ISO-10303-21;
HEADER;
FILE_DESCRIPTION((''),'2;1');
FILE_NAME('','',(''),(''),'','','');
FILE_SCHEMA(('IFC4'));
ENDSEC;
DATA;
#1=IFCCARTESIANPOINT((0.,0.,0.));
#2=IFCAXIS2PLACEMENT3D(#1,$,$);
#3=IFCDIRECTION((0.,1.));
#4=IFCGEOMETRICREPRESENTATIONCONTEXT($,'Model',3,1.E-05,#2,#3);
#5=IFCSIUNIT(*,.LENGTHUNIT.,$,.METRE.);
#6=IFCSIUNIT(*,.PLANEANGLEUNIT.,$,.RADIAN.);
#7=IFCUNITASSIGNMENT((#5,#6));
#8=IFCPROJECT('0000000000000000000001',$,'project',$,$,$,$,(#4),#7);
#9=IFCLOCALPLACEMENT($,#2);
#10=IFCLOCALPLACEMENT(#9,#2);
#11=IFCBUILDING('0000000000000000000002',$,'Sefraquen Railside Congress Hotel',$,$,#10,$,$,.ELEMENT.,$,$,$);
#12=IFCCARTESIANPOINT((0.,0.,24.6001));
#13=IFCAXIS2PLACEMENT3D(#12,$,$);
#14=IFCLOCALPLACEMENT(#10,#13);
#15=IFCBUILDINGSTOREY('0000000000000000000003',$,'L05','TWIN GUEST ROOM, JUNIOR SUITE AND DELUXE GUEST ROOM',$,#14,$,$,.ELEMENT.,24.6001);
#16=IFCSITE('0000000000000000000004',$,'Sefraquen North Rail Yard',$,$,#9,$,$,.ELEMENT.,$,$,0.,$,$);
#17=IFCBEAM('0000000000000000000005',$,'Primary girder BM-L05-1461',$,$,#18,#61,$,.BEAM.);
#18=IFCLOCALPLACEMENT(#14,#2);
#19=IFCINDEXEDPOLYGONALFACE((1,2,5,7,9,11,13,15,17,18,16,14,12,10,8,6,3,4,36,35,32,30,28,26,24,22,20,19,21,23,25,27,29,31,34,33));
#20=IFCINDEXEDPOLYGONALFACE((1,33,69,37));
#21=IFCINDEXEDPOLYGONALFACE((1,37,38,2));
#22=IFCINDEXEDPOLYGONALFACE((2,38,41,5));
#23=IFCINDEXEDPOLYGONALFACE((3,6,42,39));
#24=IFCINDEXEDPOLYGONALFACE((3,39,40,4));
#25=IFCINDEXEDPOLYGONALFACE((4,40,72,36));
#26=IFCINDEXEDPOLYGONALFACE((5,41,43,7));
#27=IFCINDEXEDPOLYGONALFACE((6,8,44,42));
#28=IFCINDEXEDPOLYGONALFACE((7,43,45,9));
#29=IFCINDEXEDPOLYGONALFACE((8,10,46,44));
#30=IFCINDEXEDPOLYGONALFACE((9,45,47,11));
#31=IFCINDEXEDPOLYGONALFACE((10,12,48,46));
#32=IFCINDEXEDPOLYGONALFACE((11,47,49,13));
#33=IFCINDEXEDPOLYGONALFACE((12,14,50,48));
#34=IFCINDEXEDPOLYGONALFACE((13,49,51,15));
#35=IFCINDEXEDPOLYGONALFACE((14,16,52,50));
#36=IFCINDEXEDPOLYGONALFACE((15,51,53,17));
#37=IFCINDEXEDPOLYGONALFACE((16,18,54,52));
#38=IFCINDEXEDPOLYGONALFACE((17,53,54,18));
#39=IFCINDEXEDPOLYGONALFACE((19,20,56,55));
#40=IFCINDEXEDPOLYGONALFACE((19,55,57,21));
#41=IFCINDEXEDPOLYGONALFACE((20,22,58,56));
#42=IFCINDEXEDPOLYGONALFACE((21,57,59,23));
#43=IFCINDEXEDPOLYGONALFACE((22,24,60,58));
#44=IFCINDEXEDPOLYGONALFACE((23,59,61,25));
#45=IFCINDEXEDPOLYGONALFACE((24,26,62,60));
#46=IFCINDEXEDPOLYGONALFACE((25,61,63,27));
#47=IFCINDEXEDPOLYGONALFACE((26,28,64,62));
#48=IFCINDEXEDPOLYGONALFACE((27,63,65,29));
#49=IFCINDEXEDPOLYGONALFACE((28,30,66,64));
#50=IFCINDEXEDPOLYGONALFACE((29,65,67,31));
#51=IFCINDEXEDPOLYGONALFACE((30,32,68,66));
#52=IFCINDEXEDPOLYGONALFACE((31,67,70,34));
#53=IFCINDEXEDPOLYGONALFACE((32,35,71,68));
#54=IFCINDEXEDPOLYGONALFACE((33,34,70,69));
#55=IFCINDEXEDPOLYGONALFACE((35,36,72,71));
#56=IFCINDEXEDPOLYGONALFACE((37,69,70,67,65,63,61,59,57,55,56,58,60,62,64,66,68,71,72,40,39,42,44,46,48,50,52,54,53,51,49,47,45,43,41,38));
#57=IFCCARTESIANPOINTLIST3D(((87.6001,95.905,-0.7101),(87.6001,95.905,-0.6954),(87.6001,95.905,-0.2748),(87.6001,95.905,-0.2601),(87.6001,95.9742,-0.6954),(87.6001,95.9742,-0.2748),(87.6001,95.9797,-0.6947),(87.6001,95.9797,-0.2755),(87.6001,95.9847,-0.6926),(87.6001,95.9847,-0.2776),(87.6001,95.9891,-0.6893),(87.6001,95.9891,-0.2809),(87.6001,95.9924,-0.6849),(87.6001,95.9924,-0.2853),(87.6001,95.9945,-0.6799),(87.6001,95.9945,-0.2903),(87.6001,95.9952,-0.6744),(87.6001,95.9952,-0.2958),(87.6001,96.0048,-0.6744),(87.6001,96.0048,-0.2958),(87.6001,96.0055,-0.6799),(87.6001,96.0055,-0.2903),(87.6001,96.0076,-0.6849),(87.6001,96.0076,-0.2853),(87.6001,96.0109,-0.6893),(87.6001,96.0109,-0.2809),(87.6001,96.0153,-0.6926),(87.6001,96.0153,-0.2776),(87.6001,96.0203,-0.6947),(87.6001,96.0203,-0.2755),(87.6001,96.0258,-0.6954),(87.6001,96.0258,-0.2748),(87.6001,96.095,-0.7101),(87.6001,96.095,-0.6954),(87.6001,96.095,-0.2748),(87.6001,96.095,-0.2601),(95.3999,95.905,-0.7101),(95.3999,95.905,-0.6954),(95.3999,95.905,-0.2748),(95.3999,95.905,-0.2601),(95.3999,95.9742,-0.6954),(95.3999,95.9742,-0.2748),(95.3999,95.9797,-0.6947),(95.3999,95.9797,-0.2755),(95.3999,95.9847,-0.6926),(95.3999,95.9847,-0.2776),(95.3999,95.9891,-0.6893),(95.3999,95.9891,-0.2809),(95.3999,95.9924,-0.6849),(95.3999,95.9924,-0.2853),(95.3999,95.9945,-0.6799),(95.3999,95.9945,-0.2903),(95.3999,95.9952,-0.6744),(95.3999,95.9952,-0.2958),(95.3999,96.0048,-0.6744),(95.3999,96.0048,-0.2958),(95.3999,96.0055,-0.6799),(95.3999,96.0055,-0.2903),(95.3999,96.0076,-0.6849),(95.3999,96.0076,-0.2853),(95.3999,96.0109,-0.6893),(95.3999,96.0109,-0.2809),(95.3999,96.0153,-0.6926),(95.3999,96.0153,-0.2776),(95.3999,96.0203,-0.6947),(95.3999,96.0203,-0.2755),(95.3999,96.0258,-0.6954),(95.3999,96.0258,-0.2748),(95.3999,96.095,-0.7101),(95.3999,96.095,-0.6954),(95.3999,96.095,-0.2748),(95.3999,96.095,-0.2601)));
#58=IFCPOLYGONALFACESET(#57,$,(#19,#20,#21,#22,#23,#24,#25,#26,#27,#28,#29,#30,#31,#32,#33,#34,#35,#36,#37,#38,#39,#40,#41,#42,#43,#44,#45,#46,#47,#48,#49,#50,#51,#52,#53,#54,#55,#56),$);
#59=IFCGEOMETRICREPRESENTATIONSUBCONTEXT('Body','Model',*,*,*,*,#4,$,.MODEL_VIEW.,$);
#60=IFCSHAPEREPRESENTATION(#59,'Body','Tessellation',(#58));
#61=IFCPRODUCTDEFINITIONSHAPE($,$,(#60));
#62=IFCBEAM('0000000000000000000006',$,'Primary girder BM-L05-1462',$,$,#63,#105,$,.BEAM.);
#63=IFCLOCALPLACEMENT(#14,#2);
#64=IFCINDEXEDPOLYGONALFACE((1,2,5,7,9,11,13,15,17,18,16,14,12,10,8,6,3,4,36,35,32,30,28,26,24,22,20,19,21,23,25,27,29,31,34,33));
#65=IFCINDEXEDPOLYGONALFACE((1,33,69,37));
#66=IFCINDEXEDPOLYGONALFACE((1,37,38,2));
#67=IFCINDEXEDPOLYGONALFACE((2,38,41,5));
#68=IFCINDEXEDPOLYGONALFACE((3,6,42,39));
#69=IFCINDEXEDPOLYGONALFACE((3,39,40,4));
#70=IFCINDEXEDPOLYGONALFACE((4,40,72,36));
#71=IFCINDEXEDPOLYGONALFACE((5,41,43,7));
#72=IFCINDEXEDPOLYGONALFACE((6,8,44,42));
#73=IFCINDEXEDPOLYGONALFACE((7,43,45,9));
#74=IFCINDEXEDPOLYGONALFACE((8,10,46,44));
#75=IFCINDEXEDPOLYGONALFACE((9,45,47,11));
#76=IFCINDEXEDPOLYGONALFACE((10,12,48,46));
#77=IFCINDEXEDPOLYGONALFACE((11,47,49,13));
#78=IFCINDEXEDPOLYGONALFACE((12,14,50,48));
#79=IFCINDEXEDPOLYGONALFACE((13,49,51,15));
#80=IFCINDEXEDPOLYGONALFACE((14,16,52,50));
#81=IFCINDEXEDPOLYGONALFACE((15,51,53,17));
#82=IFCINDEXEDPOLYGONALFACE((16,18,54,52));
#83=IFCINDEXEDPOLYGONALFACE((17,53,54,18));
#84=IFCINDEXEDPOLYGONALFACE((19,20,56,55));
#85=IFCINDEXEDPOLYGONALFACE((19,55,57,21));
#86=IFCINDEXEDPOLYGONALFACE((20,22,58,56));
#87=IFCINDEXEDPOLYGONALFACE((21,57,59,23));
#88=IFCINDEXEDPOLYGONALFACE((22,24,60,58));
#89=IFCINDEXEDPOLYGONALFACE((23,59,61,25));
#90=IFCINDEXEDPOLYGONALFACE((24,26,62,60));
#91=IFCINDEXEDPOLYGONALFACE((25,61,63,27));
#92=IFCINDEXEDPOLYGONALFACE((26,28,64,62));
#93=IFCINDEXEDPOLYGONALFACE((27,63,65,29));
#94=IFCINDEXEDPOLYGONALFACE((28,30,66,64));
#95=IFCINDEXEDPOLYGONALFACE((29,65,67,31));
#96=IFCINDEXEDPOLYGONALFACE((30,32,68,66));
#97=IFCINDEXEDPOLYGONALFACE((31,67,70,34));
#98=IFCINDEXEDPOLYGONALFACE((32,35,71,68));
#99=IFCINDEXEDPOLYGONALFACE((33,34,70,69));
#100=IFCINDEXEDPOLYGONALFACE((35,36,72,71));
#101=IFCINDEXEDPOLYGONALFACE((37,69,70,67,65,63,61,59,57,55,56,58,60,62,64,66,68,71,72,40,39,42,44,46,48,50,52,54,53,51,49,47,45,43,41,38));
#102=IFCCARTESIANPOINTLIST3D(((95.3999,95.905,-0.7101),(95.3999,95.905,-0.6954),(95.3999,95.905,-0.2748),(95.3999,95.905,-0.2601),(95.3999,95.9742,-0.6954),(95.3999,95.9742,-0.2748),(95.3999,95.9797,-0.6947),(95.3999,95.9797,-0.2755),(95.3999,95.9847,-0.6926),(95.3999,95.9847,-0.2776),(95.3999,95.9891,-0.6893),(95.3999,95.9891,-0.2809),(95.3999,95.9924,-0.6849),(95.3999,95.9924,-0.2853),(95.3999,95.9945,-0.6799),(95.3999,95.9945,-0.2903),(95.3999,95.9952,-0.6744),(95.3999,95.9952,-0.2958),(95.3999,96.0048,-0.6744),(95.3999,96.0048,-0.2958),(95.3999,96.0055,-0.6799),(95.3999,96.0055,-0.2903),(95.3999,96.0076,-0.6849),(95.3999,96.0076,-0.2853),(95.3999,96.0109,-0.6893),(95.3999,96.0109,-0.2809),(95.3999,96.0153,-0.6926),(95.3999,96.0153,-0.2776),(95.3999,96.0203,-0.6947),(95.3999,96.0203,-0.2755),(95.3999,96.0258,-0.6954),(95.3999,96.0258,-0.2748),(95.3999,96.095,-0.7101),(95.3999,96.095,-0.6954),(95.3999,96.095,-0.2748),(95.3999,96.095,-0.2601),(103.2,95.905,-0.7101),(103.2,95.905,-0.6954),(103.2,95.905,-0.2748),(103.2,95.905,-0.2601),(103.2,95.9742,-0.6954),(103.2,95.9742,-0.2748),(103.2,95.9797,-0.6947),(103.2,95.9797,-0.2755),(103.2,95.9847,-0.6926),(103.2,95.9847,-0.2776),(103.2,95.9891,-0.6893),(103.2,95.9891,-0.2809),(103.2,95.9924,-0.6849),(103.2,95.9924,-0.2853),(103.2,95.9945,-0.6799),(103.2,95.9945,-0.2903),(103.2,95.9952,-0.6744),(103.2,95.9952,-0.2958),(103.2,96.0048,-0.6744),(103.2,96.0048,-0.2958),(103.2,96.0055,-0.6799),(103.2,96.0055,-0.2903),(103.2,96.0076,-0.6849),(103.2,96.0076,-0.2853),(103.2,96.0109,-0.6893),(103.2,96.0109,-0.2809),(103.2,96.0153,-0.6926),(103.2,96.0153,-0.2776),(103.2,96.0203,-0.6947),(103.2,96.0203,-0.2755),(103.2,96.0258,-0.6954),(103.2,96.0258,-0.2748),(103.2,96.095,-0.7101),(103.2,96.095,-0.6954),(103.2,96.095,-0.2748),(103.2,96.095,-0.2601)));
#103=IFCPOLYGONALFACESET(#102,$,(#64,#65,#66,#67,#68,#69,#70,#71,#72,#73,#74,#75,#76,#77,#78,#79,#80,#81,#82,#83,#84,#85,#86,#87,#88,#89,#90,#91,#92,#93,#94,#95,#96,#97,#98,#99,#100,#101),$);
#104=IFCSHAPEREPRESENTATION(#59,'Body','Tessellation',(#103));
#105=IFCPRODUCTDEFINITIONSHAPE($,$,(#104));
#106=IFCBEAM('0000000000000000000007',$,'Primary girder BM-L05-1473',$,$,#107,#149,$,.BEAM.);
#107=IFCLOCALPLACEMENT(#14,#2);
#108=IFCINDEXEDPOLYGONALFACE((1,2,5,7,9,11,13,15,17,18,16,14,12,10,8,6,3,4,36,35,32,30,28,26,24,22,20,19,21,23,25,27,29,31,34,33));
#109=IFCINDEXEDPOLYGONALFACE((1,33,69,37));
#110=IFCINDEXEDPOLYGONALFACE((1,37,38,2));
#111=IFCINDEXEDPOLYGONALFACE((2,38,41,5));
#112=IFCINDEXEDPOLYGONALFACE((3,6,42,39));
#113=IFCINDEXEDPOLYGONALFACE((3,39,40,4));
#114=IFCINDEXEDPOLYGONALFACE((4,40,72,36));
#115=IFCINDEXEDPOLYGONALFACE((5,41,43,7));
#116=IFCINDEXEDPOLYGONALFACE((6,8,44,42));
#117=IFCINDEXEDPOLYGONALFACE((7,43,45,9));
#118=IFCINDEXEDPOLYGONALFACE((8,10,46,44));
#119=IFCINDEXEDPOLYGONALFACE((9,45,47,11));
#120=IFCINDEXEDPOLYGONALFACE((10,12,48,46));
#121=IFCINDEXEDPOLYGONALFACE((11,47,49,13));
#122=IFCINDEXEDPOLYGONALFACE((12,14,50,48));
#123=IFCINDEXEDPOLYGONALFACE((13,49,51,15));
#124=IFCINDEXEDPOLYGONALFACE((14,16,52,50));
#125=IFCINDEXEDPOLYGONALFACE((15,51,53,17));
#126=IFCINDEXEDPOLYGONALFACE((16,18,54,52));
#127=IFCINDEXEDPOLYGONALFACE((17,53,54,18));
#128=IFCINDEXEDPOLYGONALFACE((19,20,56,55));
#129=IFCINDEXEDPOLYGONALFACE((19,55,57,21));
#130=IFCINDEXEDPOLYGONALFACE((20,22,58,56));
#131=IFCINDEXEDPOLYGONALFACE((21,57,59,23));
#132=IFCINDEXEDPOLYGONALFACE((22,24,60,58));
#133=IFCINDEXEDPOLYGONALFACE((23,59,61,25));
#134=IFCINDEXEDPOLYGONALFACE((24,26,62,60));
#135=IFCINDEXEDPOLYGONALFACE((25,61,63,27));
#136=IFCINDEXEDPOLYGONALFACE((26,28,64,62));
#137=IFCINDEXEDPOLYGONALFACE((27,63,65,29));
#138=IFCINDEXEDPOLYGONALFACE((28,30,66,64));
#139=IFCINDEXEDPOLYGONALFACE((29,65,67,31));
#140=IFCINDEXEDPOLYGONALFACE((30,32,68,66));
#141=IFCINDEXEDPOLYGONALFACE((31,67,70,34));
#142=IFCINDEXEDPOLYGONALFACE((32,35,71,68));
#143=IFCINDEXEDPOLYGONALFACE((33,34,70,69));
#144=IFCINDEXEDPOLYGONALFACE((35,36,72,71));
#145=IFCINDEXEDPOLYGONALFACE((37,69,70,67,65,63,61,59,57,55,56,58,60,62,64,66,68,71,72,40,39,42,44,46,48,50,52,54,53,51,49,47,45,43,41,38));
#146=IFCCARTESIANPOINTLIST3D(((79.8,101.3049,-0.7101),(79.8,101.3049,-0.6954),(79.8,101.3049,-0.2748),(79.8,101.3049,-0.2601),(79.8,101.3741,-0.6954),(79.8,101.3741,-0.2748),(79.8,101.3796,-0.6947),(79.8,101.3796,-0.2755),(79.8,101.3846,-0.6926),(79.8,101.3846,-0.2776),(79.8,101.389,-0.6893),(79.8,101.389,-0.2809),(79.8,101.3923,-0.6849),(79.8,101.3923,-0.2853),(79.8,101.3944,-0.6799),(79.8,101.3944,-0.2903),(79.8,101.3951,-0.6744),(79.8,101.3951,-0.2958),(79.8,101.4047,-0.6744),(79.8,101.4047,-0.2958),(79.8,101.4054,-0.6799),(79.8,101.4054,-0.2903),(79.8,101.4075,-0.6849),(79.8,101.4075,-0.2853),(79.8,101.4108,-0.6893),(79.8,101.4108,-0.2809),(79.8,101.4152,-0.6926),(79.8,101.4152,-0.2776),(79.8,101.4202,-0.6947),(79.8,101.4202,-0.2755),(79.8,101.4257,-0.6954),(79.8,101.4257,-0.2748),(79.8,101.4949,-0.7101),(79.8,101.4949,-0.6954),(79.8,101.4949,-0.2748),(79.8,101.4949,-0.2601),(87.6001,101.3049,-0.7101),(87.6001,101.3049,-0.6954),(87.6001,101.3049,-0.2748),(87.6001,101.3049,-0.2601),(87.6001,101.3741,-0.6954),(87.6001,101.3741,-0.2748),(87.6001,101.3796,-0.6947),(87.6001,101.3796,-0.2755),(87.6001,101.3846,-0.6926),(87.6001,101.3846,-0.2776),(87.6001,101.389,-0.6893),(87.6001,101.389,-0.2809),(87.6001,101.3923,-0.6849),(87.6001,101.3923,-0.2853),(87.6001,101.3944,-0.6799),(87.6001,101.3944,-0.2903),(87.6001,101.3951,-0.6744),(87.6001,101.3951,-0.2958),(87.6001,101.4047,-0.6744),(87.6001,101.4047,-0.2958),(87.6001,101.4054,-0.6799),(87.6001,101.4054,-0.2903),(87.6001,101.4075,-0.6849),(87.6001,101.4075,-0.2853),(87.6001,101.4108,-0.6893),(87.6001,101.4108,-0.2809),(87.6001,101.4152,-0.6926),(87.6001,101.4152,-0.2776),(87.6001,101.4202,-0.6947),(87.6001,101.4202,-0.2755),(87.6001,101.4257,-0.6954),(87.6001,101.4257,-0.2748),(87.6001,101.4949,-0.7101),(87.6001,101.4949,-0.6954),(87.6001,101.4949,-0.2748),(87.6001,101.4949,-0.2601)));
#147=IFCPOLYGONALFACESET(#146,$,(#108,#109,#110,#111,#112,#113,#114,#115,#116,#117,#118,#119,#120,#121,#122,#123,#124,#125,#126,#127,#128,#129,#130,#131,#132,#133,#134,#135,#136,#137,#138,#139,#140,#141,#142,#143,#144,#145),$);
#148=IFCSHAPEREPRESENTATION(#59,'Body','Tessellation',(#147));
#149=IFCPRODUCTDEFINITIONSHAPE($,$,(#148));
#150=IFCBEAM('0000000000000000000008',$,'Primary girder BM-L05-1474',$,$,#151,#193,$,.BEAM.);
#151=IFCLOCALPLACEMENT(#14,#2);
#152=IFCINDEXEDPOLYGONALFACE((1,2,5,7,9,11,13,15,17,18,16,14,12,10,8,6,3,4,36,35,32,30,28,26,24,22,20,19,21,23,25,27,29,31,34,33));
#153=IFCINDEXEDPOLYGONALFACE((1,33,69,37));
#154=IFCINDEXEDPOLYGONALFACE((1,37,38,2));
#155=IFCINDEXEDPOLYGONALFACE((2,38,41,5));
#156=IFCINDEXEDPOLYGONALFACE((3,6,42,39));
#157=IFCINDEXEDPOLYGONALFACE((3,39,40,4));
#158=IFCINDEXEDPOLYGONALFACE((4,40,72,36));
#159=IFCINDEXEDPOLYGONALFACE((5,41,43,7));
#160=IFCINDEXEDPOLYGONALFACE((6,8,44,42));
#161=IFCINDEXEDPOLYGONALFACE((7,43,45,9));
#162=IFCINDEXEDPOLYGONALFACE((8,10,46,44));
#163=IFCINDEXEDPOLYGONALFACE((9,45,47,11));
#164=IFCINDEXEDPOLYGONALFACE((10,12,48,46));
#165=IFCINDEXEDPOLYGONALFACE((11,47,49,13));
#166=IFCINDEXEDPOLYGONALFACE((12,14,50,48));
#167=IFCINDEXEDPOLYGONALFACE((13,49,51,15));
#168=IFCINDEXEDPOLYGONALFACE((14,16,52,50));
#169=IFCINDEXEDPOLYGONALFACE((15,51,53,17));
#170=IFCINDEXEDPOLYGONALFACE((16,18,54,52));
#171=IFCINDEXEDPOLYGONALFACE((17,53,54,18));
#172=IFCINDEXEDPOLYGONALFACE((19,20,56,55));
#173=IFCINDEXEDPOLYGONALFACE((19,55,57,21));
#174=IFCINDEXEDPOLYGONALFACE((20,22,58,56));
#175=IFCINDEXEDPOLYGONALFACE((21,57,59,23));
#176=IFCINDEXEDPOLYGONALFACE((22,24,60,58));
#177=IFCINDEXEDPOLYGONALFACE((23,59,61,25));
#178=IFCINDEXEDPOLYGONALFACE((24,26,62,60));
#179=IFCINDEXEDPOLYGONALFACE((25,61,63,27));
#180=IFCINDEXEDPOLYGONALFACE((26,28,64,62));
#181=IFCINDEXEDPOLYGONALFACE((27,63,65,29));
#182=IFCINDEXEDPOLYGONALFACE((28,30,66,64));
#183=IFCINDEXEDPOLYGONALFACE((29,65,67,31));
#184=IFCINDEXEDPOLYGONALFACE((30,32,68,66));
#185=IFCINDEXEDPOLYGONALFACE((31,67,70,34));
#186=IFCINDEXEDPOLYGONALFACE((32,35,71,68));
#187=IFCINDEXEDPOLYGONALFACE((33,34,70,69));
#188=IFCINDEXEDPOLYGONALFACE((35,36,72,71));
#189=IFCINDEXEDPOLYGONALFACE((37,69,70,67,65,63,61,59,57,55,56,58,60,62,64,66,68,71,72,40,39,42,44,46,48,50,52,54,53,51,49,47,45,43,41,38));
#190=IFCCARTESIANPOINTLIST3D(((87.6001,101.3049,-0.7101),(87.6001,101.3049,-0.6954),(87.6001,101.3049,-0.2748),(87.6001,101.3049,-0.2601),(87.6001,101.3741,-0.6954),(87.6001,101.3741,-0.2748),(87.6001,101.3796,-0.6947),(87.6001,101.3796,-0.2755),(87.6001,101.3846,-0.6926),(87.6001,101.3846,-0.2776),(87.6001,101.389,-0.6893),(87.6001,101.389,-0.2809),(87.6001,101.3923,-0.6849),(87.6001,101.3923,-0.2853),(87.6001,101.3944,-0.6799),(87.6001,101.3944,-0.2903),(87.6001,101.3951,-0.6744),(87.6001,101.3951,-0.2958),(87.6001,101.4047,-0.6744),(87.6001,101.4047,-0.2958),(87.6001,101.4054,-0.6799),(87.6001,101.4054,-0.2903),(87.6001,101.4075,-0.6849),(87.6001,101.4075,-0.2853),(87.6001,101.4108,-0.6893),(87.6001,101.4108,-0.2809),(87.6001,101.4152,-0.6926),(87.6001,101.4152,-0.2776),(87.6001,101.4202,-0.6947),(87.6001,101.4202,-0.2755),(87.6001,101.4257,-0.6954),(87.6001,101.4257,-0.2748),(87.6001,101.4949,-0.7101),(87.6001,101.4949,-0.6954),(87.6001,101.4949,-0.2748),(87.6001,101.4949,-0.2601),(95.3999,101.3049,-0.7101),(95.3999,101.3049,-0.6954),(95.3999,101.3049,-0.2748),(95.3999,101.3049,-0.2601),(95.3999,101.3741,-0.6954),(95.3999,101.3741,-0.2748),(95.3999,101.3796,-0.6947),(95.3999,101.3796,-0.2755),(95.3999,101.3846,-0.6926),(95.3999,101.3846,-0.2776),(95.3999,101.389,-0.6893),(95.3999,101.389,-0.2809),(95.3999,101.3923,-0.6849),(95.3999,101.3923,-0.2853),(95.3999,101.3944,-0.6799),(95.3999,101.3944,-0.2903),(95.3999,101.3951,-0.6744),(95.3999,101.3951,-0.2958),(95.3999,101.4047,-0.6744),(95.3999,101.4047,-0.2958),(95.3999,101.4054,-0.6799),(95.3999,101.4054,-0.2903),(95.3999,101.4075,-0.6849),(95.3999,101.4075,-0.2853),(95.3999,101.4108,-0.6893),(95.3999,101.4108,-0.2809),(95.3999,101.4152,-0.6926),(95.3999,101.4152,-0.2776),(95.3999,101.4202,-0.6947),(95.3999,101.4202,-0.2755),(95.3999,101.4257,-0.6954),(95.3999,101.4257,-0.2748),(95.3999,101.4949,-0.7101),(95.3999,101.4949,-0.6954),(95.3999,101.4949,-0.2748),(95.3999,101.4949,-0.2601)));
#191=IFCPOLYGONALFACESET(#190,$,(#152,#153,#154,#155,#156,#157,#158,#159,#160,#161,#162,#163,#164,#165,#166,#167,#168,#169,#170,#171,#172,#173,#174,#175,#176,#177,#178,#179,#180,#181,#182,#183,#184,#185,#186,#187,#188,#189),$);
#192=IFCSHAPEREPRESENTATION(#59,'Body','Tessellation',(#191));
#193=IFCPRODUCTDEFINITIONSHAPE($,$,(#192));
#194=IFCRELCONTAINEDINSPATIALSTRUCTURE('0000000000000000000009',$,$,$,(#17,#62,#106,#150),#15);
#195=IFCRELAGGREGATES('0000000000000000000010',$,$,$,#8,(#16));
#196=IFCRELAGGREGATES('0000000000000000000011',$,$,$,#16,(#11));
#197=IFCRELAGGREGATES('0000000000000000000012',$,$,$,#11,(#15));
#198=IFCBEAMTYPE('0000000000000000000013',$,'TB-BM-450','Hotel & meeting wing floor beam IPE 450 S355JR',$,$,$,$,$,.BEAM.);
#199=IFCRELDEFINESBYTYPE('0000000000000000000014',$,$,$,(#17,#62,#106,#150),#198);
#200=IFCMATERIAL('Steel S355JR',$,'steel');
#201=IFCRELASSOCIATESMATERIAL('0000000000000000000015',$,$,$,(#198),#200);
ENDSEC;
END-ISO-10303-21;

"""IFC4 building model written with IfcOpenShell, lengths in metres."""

from ifc_helpers import new_model, si_unit, direction, frame, origin, origin_2d, place, context, subcontext, project, spatial, i_section, extrude, material, material_profile, profile_set, type_object, element, save


model = new_model("IFC4")

# Units and contexts
model_context = context("Model", 3, precision=1e-05, world=origin(), true_north=direction((0.0, 1.0)))
body_context = subcontext(model_context, "Body", "Model", "MODEL_VIEW")
ifc_project = project(units=[si_unit("LENGTHUNIT", "METRE"), si_unit("PLANEANGLEUNIT", "RADIAN")], contexts=[model_context])

# Site, building, storey
site_placement = place(None, origin())
site = spatial("IfcSite", under=ifc_project, at=site_placement, Name="Sefraquen North Rail Yard", CompositionType="ELEMENT", RefElevation=0.0)
building_placement = place(site_placement, origin())
building = spatial("IfcBuilding", under=site, at=building_placement, Name="Sefraquen Railside Congress Hotel", CompositionType="ELEMENT")
storey_placement = place(building_placement, frame((0.0, 0.0, 24.6001)))
storey = spatial("IfcBuildingStorey", under=building, at=storey_placement, Name="L05", Description="TWIN GUEST ROOM, JUNIOR SUITE AND DELUXE GUEST ROOM", CompositionType="ELEMENT", Elevation=24.6001)

# Shared definitions
ifc_material_1 = material(Name="Steel S355JR", Category="steel")

# Beams
ifc_material_profile_1 = material_profile(ifc_material_1, i_section(OverallWidth=0.1899, OverallDepth=0.45, WebThickness=0.0095, FlangeThickness=0.0146, FilletRadius=0.021, at=origin_2d()), Name="IPE 450")
ifc_profile_set_1 = profile_set([ifc_material_profile_1], Name="Steel S355JR")
beam_type_1 = type_object("IfcBeamType", Name="TB-BM-450", Description="Hotel & meeting wing floor beam IPE 450 S355JR", PredefinedType="BEAM", material=ifc_profile_set_1)
beam_1_placement = place(storey_placement, frame((87.6001, 96.0, -0.4851), z_axis=(1.0, 0.0, 0.0), x_axis=(0.0, 1.0, 0.0)))
element("IfcBeam", 1, at=beam_1_placement, inside=storey, type_object=beam_type_1, Name="Primary girder BM-L05-1461", PredefinedType="BEAM", context=body_context, shape_type="SweptSolid", body=[
    extrude(i_section(OverallWidth=0.1899, OverallDepth=0.45, WebThickness=0.0095, FlangeThickness=0.0146, FilletRadius=0.021, at=origin_2d()), origin(), (0.0, 0.0, 1.0), 7.7998),
])
for number, where, z_axis, x_axis, name in (
    (2, (95.3999, 96.0, -0.4851), (1.0, 0.0, 0.0), (0.0, 1.0, 0.0), "Primary girder BM-L05-1462"),
    (3, (79.8, 101.3999, -0.4851), (1.0, 0.0, 0.0), (0.0, 1.0, 0.0), "Primary girder BM-L05-1473"),
):
    element("IfcBeam", number, at=place(storey_placement, frame(where, z_axis=z_axis, x_axis=x_axis)), inside=storey, type_object=beam_type_1, Name=name, PredefinedType="BEAM", context=body_context, shape_type="SweptSolid", body=[
        extrude(i_section(OverallWidth=0.1899, OverallDepth=0.45, WebThickness=0.0095, FlangeThickness=0.0146, FilletRadius=0.021, at=origin_2d()), origin(), (0.0, 0.0, 1.0), 7.8),
    ])
beam_2_placement = place(storey_placement, frame((87.6001, 101.3999, -0.4851), z_axis=(1.0, 0.0, 0.0), x_axis=(0.0, 1.0, 0.0)))
element("IfcBeam", 4, at=beam_2_placement, inside=storey, type_object=beam_type_1, Name="Primary girder BM-L05-1474", PredefinedType="BEAM", context=body_context, shape_type="SweptSolid", body=[
    extrude(i_section(OverallWidth=0.1899, OverallDepth=0.45, WebThickness=0.0095, FlangeThickness=0.0146, FilletRadius=0.021, at=origin_2d()), origin(), (0.0, 0.0, 1.0), 7.7998),
])

save(model, "model.ifc")
